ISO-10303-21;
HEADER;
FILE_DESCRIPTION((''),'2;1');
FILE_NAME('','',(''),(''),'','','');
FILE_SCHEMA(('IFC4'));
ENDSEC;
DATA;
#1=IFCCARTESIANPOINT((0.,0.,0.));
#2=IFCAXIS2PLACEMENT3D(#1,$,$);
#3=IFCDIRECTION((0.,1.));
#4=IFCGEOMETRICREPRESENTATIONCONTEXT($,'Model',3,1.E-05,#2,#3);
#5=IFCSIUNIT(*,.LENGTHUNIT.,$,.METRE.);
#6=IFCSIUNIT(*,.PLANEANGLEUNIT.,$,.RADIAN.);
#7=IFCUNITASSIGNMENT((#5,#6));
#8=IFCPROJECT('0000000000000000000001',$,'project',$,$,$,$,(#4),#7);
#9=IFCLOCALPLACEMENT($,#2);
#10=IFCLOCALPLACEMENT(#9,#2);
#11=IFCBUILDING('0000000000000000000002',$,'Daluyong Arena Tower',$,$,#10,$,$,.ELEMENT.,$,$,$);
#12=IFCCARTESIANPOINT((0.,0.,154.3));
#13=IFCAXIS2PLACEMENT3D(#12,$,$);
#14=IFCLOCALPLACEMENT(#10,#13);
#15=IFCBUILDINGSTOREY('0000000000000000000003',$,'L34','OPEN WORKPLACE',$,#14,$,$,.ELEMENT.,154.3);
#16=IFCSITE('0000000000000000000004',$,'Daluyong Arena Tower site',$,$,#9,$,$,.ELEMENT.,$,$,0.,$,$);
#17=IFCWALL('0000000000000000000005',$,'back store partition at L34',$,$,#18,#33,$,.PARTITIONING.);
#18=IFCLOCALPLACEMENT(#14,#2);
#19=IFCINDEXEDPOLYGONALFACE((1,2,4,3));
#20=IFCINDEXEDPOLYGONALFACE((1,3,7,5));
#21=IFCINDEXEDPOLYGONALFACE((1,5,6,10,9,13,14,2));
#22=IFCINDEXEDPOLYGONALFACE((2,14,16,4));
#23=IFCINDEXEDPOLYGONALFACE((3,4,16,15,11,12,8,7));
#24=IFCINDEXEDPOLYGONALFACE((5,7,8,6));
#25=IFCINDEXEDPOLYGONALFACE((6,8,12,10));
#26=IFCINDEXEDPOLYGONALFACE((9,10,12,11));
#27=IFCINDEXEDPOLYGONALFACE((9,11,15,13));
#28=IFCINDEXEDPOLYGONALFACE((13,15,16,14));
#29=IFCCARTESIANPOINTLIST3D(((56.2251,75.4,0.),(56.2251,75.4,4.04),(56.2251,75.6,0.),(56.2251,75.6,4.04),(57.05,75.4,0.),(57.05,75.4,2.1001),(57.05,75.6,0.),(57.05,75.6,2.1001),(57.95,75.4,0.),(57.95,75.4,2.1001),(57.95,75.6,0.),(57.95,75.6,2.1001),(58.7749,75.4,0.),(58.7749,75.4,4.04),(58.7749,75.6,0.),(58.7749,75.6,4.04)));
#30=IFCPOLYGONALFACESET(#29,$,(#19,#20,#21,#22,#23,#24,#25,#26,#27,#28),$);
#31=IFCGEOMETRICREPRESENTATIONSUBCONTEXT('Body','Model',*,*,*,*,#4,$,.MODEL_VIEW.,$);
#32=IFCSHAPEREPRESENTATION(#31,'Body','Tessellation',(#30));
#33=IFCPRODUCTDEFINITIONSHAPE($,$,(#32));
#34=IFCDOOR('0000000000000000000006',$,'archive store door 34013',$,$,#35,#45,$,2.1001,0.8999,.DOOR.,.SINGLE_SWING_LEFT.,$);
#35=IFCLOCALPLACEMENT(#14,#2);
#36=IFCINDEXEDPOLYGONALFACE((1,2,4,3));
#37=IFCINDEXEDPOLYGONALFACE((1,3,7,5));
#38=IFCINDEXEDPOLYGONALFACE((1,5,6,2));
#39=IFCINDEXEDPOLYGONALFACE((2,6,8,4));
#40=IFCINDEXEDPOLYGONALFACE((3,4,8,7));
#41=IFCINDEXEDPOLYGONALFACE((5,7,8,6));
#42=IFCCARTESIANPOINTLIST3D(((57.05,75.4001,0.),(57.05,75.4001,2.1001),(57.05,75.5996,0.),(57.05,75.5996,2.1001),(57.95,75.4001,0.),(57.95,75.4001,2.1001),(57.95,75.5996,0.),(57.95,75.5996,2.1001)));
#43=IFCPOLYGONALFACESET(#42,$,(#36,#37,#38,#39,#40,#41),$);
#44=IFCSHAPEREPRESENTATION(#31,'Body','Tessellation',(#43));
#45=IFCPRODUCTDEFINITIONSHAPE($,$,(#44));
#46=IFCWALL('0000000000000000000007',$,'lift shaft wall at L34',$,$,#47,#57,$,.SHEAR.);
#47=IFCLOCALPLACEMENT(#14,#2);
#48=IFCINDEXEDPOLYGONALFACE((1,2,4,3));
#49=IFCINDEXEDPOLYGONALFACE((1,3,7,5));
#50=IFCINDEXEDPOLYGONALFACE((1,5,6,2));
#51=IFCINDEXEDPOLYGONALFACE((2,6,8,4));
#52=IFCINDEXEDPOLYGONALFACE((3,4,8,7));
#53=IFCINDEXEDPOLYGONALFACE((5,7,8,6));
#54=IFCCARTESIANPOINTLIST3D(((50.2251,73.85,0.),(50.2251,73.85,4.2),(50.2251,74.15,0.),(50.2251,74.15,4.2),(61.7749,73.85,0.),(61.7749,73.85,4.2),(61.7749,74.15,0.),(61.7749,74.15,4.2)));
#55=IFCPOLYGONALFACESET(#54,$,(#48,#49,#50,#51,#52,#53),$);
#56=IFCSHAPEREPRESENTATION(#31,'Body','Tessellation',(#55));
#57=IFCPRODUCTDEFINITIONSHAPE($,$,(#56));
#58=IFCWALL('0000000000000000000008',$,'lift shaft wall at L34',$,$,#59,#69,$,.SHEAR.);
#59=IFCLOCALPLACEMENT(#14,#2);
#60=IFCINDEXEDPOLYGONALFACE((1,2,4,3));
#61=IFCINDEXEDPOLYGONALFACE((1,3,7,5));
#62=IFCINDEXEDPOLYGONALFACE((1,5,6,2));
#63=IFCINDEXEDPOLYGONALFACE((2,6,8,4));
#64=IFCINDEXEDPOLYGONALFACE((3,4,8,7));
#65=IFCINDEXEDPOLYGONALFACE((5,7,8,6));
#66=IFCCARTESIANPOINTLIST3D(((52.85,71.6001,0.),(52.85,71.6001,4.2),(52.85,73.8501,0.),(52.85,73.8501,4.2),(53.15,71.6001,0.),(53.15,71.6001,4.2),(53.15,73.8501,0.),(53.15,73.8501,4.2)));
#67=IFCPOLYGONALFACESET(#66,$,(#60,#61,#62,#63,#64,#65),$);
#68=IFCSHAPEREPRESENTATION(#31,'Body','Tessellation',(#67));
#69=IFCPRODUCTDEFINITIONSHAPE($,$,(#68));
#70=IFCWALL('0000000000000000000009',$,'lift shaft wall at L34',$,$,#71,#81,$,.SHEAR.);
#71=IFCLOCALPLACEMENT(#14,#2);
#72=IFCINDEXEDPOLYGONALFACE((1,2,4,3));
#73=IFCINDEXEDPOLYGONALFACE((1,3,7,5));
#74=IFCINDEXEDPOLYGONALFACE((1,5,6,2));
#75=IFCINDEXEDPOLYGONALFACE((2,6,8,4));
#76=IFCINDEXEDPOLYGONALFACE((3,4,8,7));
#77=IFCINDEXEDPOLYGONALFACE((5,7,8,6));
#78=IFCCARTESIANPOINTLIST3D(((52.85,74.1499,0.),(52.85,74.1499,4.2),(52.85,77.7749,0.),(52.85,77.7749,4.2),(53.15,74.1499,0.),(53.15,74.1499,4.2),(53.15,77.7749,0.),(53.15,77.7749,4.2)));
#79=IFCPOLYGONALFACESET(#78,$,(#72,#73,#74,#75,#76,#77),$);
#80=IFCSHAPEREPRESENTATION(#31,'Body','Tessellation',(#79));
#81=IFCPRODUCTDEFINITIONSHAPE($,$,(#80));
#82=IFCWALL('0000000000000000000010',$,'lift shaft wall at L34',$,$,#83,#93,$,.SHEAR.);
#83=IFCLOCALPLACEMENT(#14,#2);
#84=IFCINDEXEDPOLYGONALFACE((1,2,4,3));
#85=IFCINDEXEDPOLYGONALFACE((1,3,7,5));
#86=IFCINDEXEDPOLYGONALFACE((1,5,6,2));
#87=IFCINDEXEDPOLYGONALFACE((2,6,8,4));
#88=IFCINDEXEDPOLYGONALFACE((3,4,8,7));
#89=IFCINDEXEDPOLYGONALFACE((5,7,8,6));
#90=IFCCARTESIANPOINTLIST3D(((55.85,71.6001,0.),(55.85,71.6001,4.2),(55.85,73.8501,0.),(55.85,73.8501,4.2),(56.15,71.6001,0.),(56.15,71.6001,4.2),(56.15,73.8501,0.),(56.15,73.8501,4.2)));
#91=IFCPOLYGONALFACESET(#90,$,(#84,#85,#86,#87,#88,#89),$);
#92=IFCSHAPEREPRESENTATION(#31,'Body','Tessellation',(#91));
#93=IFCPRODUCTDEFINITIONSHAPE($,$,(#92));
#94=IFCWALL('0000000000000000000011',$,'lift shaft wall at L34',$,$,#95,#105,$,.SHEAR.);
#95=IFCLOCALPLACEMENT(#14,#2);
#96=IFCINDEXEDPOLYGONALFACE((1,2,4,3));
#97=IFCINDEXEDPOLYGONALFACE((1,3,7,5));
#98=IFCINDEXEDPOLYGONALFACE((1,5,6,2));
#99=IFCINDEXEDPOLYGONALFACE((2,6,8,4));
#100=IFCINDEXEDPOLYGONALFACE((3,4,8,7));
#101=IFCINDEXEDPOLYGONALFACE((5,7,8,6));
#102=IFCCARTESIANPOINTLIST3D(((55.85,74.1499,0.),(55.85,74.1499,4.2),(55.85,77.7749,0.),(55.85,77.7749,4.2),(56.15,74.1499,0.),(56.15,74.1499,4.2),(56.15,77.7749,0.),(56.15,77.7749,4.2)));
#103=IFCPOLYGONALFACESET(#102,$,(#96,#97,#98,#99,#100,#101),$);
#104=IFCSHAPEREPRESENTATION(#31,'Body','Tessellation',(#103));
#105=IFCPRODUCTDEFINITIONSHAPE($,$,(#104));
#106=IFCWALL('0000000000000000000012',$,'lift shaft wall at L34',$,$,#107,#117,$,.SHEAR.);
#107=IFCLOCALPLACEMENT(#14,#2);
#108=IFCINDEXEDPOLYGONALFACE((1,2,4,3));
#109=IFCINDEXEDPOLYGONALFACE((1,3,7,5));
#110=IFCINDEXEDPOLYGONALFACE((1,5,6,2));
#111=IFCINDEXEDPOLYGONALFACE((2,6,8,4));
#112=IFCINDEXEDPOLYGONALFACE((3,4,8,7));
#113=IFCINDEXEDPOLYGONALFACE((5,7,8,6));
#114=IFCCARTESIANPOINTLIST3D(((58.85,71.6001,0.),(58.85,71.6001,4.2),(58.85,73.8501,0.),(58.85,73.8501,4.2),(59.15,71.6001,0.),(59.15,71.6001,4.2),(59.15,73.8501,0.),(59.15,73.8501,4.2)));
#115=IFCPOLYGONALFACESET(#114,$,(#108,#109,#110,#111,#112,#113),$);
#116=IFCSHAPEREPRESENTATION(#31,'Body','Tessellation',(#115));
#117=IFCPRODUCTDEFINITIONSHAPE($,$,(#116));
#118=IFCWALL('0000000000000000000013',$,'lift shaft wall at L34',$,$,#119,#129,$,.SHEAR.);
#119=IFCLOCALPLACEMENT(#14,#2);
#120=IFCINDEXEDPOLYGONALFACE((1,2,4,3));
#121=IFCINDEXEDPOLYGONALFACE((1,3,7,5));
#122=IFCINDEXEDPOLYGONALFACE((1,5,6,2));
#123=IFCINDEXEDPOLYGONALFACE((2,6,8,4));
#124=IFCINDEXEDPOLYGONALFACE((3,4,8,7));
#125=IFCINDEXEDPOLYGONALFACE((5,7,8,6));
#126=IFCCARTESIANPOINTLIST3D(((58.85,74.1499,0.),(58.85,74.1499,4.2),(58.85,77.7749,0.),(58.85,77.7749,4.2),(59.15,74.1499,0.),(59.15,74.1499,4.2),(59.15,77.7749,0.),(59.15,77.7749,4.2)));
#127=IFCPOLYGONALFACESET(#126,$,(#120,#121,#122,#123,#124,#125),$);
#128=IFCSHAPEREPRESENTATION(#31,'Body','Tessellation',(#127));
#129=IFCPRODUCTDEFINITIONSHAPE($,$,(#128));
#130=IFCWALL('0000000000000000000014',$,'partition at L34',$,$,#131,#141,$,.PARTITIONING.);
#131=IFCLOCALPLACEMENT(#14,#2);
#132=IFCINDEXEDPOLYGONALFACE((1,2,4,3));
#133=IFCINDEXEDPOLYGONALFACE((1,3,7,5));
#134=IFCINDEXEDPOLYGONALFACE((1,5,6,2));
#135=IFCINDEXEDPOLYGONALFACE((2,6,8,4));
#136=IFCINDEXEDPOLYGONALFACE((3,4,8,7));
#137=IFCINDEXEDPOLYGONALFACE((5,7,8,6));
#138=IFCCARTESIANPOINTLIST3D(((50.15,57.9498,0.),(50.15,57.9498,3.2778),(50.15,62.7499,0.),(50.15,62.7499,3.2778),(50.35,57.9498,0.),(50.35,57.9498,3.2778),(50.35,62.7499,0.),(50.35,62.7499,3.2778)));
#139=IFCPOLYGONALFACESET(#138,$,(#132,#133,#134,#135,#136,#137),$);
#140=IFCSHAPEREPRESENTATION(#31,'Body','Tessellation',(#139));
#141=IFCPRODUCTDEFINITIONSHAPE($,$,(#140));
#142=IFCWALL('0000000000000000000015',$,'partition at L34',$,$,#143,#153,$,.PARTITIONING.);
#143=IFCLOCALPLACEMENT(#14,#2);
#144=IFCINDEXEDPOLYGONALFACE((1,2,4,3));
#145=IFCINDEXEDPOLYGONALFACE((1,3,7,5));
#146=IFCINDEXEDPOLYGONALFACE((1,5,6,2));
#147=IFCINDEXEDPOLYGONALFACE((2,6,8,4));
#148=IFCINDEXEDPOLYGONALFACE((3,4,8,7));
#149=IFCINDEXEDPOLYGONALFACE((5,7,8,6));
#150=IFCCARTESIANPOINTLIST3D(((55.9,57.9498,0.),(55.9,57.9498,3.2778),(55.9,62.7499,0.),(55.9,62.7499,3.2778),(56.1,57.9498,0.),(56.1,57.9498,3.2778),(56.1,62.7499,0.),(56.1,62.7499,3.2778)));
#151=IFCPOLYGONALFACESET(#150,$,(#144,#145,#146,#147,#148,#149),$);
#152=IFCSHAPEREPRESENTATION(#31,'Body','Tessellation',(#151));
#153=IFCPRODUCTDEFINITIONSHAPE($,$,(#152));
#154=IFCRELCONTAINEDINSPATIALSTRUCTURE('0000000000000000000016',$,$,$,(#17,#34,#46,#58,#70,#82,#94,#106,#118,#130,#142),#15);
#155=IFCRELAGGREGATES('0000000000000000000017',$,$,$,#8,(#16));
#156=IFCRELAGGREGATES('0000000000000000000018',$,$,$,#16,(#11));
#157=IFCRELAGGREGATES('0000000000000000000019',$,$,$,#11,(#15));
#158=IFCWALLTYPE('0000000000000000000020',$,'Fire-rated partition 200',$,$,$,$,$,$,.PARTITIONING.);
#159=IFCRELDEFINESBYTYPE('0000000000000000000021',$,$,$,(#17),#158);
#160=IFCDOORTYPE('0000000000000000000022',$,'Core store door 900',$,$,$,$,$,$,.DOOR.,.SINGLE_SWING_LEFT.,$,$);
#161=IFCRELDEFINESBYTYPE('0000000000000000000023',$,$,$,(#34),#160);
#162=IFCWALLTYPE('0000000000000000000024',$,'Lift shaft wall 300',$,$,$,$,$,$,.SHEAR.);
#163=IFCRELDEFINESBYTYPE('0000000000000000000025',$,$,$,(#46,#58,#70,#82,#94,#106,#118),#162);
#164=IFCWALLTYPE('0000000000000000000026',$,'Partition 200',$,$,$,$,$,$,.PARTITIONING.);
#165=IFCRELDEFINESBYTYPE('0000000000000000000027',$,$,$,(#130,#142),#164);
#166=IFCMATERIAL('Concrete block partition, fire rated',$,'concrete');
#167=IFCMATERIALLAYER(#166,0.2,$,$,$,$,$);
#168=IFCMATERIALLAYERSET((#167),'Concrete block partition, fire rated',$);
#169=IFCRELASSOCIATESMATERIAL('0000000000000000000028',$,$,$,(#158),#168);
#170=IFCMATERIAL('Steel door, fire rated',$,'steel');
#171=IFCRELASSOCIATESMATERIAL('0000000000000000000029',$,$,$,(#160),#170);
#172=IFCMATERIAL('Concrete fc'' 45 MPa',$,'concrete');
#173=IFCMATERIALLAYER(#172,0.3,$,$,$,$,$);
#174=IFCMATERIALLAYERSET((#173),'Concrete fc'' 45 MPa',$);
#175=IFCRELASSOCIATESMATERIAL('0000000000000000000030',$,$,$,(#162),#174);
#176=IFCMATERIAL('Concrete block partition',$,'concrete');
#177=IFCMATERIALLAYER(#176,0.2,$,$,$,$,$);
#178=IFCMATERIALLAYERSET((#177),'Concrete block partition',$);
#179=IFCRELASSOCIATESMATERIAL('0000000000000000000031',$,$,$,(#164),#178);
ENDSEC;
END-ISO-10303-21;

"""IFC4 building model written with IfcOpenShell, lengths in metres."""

from ifc_helpers import new_model, si_unit, direction, frame, frame_2d, origin, place, context, subcontext, project, spatial, rectangle, extrude, material, layer, layer_set, type_object, element, fill, save


model = new_model("IFC4")

# Units and contexts
model_context = context("Model", 3, precision=1e-05, world=origin(), true_north=direction((0.0, 1.0)))
body_context = subcontext(model_context, "Body", "Model", "MODEL_VIEW")
ifc_project = project(units=[si_unit("LENGTHUNIT", "METRE"), si_unit("PLANEANGLEUNIT", "RADIAN")], contexts=[model_context])

# Site, building, storey
site_placement = place(None, origin())
site = spatial("IfcSite", under=ifc_project, at=site_placement, Name="Daluyong Arena Tower site", CompositionType="ELEMENT", RefElevation=0.0)
building_placement = place(site_placement, origin())
building = spatial("IfcBuilding", under=site, at=building_placement, Name="Daluyong Arena Tower", CompositionType="ELEMENT")
storey_placement = place(building_placement, frame((0.0, 0.0, 154.3)))
storey = spatial("IfcBuildingStorey", under=building, at=storey_placement, Name="L34", Description="OPEN WORKPLACE", CompositionType="ELEMENT", Elevation=154.3)

# Wall, opening, door
ifc_material_1 = material(Name="Concrete block partition, fire rated", Category="concrete")
ifc_layer_1 = layer(ifc_material_1, 0.2)
ifc_layer_set_1 = layer_set([ifc_layer_1], Name="Concrete block partition, fire rated")
wall_type_1 = type_object("IfcWallType", Name="Fire-rated partition 200", PredefinedType="PARTITIONING", material=ifc_layer_set_1)
ifc_material_2 = material(Name="Steel door, fire rated", Category="steel")
door_type_1 = type_object("IfcDoorType", Name="Core store door 900", OperationType="SINGLE_SWING_LEFT", PredefinedType="DOOR", material=ifc_material_2)
wall_1_placement = place(storey_placement, frame((56.2251, 75.5, 0.0), z_axis=(0.0, 0.0, 1.0), x_axis=(1.0, 0.0, 0.0)))
wall_1 = element("IfcWall", 1, at=wall_1_placement, inside=storey, type_object=wall_type_1, Name="back store partition at L34", PredefinedType="PARTITIONING", context=body_context, shape_type="SweptSolid", body=[
    extrude(rectangle(XDim=2.5498, YDim=0.2, at=frame_2d((1.2749, 0.0))), origin(), (0.0, 0.0, 1.0), 4.04),
])
opening_1_placement = place(wall_1_placement, frame((0.825, 0.0, 0.0)))
opening_1 = element("IfcOpeningElement", 2, at=opening_1_placement, cuts=wall_1, PredefinedType="OPENING", context=body_context, shape_type="SweptSolid", body=[
    extrude(rectangle(XDim=0.8999, YDim=2.1001, at=frame_2d((0.45, 1.05))), frame((0.0, 0.1099, 0.0), z_axis=(0.0, -1.0, 0.0), x_axis=(1.0, 0.0, 0.0)), (0.0, 0.0, 1.0), 0.22),
])
door_1_placement = place(opening_1_placement, origin())
door_1 = element("IfcDoor", 3, at=door_1_placement, inside=storey, type_object=door_type_1, Name="archive store door 34013", OperationType="SINGLE_SWING_LEFT", OverallHeight=2.1001, OverallWidth=0.8999, PredefinedType="DOOR", context=body_context, shape_type="SweptSolid", body=[
    extrude(rectangle(XDim=0.8999, YDim=2.1001, at=frame_2d((0.45, 1.05))), frame((0.0, 0.0996, 0.0), z_axis=(0.0, -1.0, 0.0), x_axis=(1.0, 0.0, 0.0)), (0.0, 0.0, 1.0), 0.1995),
])
fill(opening_1, door_1)

# Walls
ifc_material_3 = material(Name="Concrete fc' 45 MPa", Category="concrete")
ifc_layer_2 = layer(ifc_material_3, 0.3)
ifc_layer_set_2 = layer_set([ifc_layer_2], Name="Concrete fc' 45 MPa")
wall_type_2 = type_object("IfcWallType", Name="Lift shaft wall 300", PredefinedType="SHEAR", material=ifc_layer_set_2)
wall_2_placement = place(storey_placement, frame((50.2251, 74.0, 0.0), z_axis=(0.0, 0.0, 1.0), x_axis=(1.0, 0.0, 0.0)))
element("IfcWall", 4, at=wall_2_placement, inside=storey, type_object=wall_type_2, Name="lift shaft wall at L34", PredefinedType="SHEAR", context=body_context, shape_type="SweptSolid", body=[
    extrude(rectangle(XDim=11.5498, YDim=0.3, at=frame_2d((5.7749, 0.0))), origin(), (0.0, 0.0, 1.0), 4.2),
])
wall_3_placement = place(storey_placement, frame((53.0, 71.6001, 0.0), z_axis=(0.0, 0.0, 1.0), x_axis=(0.0, 1.0, 0.0)))
element("IfcWall", 5, at=wall_3_placement, inside=storey, type_object=wall_type_2, Name="lift shaft wall at L34", PredefinedType="SHEAR", context=body_context, shape_type="SweptSolid", body=[
    extrude(rectangle(XDim=2.25, YDim=0.3, at=frame_2d((1.125, 0.0))), origin(), (0.0, 0.0, 1.0), 4.2),
])
wall_4_placement = place(storey_placement, frame((53.0, 74.1499, 0.0), z_axis=(0.0, 0.0, 1.0), x_axis=(0.0, 1.0, 0.0)))
element("IfcWall", 6, at=wall_4_placement, inside=storey, type_object=wall_type_2, Name="lift shaft wall at L34", PredefinedType="SHEAR", context=body_context, shape_type="SweptSolid", body=[
    extrude(rectangle(XDim=3.625, YDim=0.3, at=frame_2d((1.8125, 0.0))), origin(), (0.0, 0.0, 1.0), 4.2),
])
wall_5_placement = place(storey_placement, frame((56.0, 71.6001, 0.0), z_axis=(0.0, 0.0, 1.0), x_axis=(0.0, 1.0, 0.0)))
element("IfcWall", 7, at=wall_5_placement, inside=storey, type_object=wall_type_2, Name="lift shaft wall at L34", PredefinedType="SHEAR", context=body_context, shape_type="SweptSolid", body=[
    extrude(rectangle(XDim=2.25, YDim=0.3, at=frame_2d((1.125, 0.0))), origin(), (0.0, 0.0, 1.0), 4.2),
])
wall_6_placement = place(storey_placement, frame((56.0, 74.1499, 0.0), z_axis=(0.0, 0.0, 1.0), x_axis=(0.0, 1.0, 0.0)))
element("IfcWall", 8, at=wall_6_placement, inside=storey, type_object=wall_type_2, Name="lift shaft wall at L34", PredefinedType="SHEAR", context=body_context, shape_type="SweptSolid", body=[
    extrude(rectangle(XDim=3.625, YDim=0.3, at=frame_2d((1.8125, 0.0))), origin(), (0.0, 0.0, 1.0), 4.2),
])
wall_7_placement = place(storey_placement, frame((59.0, 71.6001, 0.0), z_axis=(0.0, 0.0, 1.0), x_axis=(0.0, 1.0, 0.0)))
element("IfcWall", 9, at=wall_7_placement, inside=storey, type_object=wall_type_2, Name="lift shaft wall at L34", PredefinedType="SHEAR", context=body_context, shape_type="SweptSolid", body=[
    extrude(rectangle(XDim=2.25, YDim=0.3, at=frame_2d((1.125, 0.0))), origin(), (0.0, 0.0, 1.0), 4.2),
])
wall_8_placement = place(storey_placement, frame((59.0, 74.1499, 0.0), z_axis=(0.0, 0.0, 1.0), x_axis=(0.0, 1.0, 0.0)))
element("IfcWall", 10, at=wall_8_placement, inside=storey, type_object=wall_type_2, Name="lift shaft wall at L34", PredefinedType="SHEAR", context=body_context, shape_type="SweptSolid", body=[
    extrude(rectangle(XDim=3.625, YDim=0.3, at=frame_2d((1.8125, 0.0))), origin(), (0.0, 0.0, 1.0), 4.2),
])
ifc_material_4 = material(Name="Concrete block partition", Category="concrete")
ifc_layer_3 = layer(ifc_material_4, 0.2)
ifc_layer_set_3 = layer_set([ifc_layer_3], Name="Concrete block partition")
wall_type_3 = type_object("IfcWallType", Name="Partition 200", PredefinedType="PARTITIONING", material=ifc_layer_set_3)
for number, where, z_axis, x_axis, name in (
    (11, (50.25, 57.95, 0.0), (0.0, 0.0, 1.0), (0.0, 1.0, 0.0), "partition at L34"),
    (12, (56.0, 57.95, 0.0), (0.0, 0.0, 1.0), (0.0, 1.0, 0.0), "partition at L34"),
):
    element("IfcWall", number, at=place(storey_placement, frame(where, z_axis=z_axis, x_axis=x_axis)), inside=storey, type_object=wall_type_3, Name=name, PredefinedType="PARTITIONING", context=body_context, shape_type="SweptSolid", body=[
        extrude(rectangle(XDim=4.8, YDim=0.2, at=frame_2d((2.3999, 0.0))), origin(), (0.0, 0.0, 1.0), 3.2778),
    ])

save(model, "model.ifc")
